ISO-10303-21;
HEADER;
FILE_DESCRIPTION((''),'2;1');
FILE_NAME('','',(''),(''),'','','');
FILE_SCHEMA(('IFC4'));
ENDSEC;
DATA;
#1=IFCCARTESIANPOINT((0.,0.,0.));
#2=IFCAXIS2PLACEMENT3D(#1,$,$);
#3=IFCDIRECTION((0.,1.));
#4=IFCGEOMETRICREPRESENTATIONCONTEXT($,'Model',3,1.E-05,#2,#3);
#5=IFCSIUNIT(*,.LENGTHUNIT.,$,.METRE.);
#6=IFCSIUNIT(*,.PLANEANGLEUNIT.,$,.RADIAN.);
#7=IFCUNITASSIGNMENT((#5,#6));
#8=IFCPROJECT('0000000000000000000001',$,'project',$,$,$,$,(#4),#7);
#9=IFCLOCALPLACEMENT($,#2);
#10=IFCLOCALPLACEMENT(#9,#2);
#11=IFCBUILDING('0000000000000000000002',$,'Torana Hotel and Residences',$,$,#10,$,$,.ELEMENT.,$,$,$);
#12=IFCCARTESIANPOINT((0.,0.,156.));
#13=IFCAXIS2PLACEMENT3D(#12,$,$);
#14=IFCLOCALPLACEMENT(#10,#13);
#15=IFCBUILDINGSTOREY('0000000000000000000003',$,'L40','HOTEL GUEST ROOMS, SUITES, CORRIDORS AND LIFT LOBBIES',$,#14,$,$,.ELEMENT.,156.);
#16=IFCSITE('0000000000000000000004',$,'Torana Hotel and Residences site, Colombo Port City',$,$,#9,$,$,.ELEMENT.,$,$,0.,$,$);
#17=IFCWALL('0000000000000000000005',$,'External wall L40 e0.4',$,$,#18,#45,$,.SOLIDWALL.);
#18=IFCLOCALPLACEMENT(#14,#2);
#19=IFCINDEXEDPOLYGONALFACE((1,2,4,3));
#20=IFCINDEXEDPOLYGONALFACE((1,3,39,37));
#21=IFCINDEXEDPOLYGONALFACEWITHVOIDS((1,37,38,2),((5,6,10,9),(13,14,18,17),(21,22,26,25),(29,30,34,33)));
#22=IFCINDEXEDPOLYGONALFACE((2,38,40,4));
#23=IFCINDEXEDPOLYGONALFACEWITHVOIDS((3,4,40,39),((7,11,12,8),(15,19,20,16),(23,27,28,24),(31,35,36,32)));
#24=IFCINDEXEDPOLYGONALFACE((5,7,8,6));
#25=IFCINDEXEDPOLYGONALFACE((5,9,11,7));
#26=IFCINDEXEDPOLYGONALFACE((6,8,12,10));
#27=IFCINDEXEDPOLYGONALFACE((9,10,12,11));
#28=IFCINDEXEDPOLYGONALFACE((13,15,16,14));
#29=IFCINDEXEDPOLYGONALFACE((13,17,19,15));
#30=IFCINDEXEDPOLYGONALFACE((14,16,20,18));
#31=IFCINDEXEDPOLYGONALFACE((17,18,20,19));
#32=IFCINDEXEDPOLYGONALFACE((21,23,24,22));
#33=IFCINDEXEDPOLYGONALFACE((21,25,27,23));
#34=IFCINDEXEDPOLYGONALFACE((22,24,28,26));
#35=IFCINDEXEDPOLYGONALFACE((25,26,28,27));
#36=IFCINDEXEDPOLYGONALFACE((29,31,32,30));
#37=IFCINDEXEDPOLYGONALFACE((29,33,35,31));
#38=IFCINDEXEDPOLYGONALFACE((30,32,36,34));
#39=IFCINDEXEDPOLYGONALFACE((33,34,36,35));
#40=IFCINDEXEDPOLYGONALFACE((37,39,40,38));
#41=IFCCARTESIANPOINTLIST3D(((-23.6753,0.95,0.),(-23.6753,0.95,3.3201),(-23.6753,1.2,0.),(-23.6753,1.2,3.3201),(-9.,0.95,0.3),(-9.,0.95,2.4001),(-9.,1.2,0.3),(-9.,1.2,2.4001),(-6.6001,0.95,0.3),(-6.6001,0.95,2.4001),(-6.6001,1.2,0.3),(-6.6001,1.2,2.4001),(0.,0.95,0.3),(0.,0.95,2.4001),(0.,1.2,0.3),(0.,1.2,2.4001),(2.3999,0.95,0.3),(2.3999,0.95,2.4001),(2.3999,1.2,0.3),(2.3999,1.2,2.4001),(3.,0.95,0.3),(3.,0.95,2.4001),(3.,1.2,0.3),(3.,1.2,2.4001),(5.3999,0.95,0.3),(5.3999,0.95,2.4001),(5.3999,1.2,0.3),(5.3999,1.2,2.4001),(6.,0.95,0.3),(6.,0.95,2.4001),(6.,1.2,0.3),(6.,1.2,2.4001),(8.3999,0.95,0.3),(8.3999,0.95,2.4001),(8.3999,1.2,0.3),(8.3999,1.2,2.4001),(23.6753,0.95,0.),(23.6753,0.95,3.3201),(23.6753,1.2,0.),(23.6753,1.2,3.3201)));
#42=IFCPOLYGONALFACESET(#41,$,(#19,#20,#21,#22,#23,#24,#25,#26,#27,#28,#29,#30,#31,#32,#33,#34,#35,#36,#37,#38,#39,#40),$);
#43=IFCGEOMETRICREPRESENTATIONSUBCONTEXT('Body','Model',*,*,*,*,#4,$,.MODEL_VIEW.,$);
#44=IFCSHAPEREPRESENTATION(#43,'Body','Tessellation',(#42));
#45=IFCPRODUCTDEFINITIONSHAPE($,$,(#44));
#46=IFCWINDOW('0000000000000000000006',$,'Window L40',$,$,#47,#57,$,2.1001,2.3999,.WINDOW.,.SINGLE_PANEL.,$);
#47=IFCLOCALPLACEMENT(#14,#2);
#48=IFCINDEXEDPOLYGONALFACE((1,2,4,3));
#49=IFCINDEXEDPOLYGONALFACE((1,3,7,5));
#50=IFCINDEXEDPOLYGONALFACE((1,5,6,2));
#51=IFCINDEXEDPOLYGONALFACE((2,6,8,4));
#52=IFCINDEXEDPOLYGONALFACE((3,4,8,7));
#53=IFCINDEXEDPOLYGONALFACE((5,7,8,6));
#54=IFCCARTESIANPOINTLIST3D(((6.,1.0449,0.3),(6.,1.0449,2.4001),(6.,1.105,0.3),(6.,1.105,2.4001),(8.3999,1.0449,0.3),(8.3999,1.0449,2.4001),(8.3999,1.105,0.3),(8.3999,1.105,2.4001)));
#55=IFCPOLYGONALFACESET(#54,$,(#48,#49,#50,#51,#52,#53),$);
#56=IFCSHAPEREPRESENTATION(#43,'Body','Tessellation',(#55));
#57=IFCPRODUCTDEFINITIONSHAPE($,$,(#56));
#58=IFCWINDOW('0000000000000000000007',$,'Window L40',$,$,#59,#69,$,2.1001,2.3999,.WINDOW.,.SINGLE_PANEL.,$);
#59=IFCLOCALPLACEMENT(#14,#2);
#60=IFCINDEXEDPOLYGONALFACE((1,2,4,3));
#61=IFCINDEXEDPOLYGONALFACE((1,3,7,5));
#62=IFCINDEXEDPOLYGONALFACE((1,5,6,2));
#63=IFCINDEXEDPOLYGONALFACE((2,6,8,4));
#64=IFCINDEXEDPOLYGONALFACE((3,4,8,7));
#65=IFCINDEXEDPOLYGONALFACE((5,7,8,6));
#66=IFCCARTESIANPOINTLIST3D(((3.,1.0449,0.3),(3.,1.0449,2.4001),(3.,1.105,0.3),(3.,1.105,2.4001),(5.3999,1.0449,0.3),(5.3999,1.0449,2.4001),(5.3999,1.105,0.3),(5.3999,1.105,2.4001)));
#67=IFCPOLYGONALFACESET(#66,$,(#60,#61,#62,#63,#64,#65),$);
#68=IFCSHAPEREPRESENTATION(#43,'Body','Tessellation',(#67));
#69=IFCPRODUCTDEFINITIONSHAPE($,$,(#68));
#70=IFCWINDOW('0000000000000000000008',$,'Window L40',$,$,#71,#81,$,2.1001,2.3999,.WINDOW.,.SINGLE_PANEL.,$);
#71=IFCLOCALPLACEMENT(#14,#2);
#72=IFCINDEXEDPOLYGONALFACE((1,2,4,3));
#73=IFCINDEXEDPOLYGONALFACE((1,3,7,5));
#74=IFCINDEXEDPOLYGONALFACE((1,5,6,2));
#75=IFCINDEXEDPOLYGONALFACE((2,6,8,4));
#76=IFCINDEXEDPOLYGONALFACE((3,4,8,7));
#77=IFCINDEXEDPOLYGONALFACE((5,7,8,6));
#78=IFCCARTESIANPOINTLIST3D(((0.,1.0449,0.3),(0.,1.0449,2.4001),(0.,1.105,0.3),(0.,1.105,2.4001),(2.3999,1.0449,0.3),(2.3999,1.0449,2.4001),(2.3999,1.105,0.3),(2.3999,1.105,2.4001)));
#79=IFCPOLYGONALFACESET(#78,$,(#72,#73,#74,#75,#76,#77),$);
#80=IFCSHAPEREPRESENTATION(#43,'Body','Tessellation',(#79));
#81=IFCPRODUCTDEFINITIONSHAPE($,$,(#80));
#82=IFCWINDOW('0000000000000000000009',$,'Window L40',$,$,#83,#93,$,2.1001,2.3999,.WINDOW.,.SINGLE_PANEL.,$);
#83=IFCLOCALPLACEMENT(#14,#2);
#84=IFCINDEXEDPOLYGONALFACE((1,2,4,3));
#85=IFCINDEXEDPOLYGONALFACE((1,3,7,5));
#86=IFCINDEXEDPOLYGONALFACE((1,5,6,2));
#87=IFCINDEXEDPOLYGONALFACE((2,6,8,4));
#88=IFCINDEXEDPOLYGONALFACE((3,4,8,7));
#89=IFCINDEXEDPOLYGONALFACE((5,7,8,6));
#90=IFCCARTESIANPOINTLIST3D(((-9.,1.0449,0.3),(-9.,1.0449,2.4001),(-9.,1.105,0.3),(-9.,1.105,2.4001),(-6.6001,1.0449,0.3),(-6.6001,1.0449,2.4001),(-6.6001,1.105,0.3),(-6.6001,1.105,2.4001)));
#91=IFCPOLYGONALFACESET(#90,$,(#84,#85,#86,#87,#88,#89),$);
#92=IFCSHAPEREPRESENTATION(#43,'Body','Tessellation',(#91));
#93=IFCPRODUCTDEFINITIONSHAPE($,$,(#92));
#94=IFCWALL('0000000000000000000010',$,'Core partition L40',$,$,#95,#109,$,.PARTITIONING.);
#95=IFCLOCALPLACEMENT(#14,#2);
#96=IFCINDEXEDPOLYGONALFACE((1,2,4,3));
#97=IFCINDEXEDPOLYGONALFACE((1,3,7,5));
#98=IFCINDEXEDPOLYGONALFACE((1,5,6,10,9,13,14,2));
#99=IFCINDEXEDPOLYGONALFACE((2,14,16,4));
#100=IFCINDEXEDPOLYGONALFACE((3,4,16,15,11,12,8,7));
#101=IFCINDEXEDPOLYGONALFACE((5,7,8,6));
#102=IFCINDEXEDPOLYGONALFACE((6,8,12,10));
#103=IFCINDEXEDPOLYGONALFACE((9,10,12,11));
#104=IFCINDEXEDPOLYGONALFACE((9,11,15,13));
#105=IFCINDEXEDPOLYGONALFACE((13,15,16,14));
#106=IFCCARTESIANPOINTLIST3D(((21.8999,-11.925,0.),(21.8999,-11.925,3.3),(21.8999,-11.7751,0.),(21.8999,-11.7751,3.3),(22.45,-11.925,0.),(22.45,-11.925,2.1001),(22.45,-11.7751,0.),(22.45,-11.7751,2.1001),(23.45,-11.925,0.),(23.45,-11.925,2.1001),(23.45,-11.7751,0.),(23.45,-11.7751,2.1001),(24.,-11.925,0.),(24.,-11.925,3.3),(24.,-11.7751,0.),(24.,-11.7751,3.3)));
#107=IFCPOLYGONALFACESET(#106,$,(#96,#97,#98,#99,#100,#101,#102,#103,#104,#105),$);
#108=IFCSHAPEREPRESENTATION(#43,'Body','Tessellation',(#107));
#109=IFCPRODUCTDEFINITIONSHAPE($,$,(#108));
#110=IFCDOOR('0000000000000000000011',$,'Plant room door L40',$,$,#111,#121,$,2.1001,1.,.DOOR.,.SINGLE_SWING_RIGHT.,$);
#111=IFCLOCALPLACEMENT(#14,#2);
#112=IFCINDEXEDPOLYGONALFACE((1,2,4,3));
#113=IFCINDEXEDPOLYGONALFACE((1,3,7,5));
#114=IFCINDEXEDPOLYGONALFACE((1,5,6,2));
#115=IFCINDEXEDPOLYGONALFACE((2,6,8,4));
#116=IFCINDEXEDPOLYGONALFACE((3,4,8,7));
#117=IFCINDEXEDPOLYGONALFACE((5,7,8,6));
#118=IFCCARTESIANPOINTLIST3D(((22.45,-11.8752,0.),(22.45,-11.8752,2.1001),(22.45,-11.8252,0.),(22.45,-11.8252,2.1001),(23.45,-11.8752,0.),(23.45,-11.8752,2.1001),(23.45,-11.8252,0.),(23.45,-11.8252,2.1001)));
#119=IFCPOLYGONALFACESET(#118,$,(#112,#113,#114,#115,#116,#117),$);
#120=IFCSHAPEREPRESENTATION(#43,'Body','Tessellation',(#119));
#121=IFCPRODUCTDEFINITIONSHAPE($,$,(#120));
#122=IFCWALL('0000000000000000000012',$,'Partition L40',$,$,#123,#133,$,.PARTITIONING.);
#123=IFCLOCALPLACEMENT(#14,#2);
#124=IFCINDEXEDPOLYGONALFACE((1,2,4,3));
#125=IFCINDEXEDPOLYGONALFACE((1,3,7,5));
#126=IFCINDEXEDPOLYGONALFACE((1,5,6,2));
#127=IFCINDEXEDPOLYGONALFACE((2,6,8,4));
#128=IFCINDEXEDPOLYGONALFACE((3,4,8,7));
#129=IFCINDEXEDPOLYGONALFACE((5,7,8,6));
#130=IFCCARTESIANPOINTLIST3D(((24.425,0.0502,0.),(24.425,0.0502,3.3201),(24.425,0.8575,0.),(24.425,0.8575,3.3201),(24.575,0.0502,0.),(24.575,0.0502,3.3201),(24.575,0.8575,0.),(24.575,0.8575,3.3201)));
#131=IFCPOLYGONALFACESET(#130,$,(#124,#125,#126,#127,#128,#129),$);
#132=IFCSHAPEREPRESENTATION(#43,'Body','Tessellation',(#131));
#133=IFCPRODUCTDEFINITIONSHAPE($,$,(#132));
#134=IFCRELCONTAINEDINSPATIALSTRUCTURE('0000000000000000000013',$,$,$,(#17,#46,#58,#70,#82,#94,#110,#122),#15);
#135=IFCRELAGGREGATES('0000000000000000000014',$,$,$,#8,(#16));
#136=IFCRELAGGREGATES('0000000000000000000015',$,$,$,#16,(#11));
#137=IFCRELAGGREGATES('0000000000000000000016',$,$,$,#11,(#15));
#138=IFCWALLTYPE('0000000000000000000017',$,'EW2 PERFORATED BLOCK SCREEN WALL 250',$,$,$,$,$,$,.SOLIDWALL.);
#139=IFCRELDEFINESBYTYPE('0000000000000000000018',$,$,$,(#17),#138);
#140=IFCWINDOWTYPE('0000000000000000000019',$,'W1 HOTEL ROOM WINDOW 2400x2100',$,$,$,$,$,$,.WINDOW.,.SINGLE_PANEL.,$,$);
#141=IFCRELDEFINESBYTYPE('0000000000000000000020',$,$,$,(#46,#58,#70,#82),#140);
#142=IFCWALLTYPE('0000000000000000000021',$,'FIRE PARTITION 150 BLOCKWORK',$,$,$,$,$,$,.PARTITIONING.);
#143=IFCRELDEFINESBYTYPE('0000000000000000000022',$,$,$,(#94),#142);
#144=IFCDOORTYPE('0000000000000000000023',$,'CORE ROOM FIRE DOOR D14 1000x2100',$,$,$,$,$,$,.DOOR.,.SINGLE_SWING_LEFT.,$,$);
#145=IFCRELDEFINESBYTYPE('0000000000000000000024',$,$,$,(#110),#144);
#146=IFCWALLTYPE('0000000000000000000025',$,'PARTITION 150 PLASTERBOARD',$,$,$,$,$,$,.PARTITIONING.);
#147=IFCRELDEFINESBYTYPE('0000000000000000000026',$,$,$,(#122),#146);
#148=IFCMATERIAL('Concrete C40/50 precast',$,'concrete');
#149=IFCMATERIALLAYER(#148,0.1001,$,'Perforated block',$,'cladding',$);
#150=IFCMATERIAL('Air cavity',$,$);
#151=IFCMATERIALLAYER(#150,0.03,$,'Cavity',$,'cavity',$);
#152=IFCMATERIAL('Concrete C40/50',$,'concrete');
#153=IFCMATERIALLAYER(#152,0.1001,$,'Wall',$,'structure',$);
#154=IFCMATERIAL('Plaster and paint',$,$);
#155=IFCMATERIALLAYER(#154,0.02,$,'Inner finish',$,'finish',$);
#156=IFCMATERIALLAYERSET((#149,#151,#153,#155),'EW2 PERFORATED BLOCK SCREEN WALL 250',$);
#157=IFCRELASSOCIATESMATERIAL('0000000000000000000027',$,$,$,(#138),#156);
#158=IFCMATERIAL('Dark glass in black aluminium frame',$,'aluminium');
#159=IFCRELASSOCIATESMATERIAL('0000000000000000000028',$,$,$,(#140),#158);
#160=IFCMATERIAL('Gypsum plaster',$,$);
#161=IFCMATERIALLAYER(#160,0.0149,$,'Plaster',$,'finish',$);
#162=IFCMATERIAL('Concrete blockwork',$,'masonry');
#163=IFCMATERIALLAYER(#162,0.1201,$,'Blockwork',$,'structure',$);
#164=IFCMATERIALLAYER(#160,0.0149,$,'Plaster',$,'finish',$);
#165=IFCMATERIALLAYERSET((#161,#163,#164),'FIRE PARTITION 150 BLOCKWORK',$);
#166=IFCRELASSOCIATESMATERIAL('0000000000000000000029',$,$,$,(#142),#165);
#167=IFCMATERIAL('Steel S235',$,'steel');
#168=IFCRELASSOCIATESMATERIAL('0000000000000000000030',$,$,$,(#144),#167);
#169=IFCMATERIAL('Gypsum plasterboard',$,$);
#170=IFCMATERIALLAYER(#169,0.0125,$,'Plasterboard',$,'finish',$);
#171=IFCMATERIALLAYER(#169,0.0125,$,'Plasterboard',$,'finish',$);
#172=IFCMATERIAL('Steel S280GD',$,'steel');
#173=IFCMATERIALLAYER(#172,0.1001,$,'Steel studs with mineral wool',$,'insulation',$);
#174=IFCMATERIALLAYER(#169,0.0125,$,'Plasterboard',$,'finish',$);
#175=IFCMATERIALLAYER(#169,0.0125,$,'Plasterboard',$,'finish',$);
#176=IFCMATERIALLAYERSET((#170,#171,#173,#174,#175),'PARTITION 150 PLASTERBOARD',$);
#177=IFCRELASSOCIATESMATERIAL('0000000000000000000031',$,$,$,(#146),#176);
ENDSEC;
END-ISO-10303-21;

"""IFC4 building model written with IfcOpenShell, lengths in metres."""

from ifc_helpers import new_model, si_unit, direction, frame, frame_2d, origin, place, context, subcontext, project, spatial, rectangle, extrude, material, layer, layer_set, type_object, element, fill, save


model = new_model("IFC4")

# Units and contexts
model_context = context("Model", 3, precision=1e-05, world=origin(), true_north=direction((0.0, 1.0)))
body_context = subcontext(model_context, "Body", "Model", "MODEL_VIEW")
ifc_project = project(units=[si_unit("LENGTHUNIT", "METRE"), si_unit("PLANEANGLEUNIT", "RADIAN")], contexts=[model_context])

# Site, building, storey
site_placement = place(None, origin())
site = spatial("IfcSite", under=ifc_project, at=site_placement, Name="Torana Hotel and Residences site, Colombo Port City", CompositionType="ELEMENT", RefElevation=0.0)
building_placement = place(site_placement, origin())
building = spatial("IfcBuilding", under=site, at=building_placement, Name="Torana Hotel and Residences", CompositionType="ELEMENT")
storey_placement = place(building_placement, frame((0.0, 0.0, 156.0)))
storey = spatial("IfcBuildingStorey", under=building, at=storey_placement, Name="L40", Description="HOTEL GUEST ROOMS, SUITES, CORRIDORS AND LIFT LOBBIES", CompositionType="ELEMENT", Elevation=156.0)

# Shared definitions
ifc_material_1 = material(Name="Steel S280GD", Category="steel")

# Wall, openings, windows
ifc_material_2 = material(Name="Concrete C40/50 precast", Category="concrete")
ifc_layer_1 = layer(ifc_material_2, 0.1001, Name="Perforated block", Category="cladding")
ifc_material_3 = material(Name="Air cavity")
ifc_layer_2 = layer(ifc_material_3, 0.03, Name="Cavity", Category="cavity")
ifc_material_4 = material(Name="Concrete C40/50", Category="concrete")
ifc_layer_3 = layer(ifc_material_4, 0.1001, Name="Wall", Category="structure")
ifc_material_5 = material(Name="Plaster and paint")
ifc_layer_4 = layer(ifc_material_5, 0.02, Name="Inner finish", Category="finish")
ifc_layer_set_1 = layer_set([ifc_layer_1, ifc_layer_2, ifc_layer_3, ifc_layer_4], Name="EW2 PERFORATED BLOCK SCREEN WALL 250")
wall_type_1 = type_object("IfcWallType", Name="EW2 PERFORATED BLOCK SCREEN WALL 250", PredefinedType="SOLIDWALL", material=ifc_layer_set_1)
wall_1_placement = place(storey_placement, frame((23.6753, 1.075, 0.0), z_axis=(0.0, 0.0, 1.0), x_axis=(-1.0, 0.0, 0.0)))
wall_1 = element("IfcWall", 1, at=wall_1_placement, inside=storey, type_object=wall_type_1, Name="External wall L40 e0.4", PredefinedType="SOLIDWALL", context=body_context, shape_type="SweptSolid", body=[
    extrude(rectangle(XDim=47.3506, YDim=0.25, at=frame_2d((23.6753, 0.0))), origin(), (0.0, 0.0, 1.0), 3.3201),
])
opening_1_placement = place(wall_1_placement, frame((15.2754, 0.0, 0.3)))
opening_1 = element("IfcOpeningElement", 2, at=opening_1_placement, cuts=wall_1, PredefinedType="OPENING", context=body_context, shape_type="SweptSolid", body=[
    extrude(rectangle(XDim=2.3999, YDim=2.1001, at=frame_2d((1.2, 1.05))), frame((0.0, 0.135, 0.0), z_axis=(0.0, -1.0, 0.0), x_axis=(1.0, 0.0, 0.0)), (0.0, 0.0, 1.0), 0.27),
])
opening_2_placement = place(wall_1_placement, frame((18.2754, 0.0, 0.3)))
opening_2 = element("IfcOpeningElement", 3, at=opening_2_placement, cuts=wall_1, PredefinedType="OPENING", context=body_context, shape_type="SweptSolid", body=[
    extrude(rectangle(XDim=2.3999, YDim=2.1001, at=frame_2d((1.2, 1.05))), frame((0.0, 0.135, 0.0), z_axis=(0.0, -1.0, 0.0), x_axis=(1.0, 0.0, 0.0)), (0.0, 0.0, 1.0), 0.27),
])
opening_3_placement = place(wall_1_placement, frame((21.2754, 0.0, 0.3)))
opening_3 = element("IfcOpeningElement", 4, at=opening_3_placement, cuts=wall_1, PredefinedType="OPENING", context=body_context, shape_type="SweptSolid", body=[
    extrude(rectangle(XDim=2.3999, YDim=2.1001, at=frame_2d((1.2, 1.05))), frame((0.0, 0.135, 0.0), z_axis=(0.0, -1.0, 0.0), x_axis=(1.0, 0.0, 0.0)), (0.0, 0.0, 1.0), 0.27),
])
opening_4_placement = place(wall_1_placement, frame((30.2754, 0.0, 0.3)))
opening_4 = element("IfcOpeningElement", 5, at=opening_4_placement, cuts=wall_1, PredefinedType="OPENING", context=body_context, shape_type="SweptSolid", body=[
    extrude(rectangle(XDim=2.3999, YDim=2.1001, at=frame_2d((1.2, 1.05))), frame((0.0, 0.135, 0.0), z_axis=(0.0, -1.0, 0.0), x_axis=(1.0, 0.0, 0.0)), (0.0, 0.0, 1.0), 0.27),
])
ifc_material_6 = material(Name="Dark glass in black aluminium frame", Category="aluminium")
window_type = type_object("IfcWindowType", Name="W1 HOTEL ROOM WINDOW 2400x2100", PartitioningType="SINGLE_PANEL", PredefinedType="WINDOW", material=ifc_material_6)
window_1_placement = place(opening_1_placement, origin())
window_1 = element("IfcWindow", 6, at=window_1_placement, inside=storey, type_object=window_type, Name="Window L40", OverallHeight=2.1001, OverallWidth=2.3999, PartitioningType="SINGLE_PANEL", PredefinedType="WINDOW", context=body_context, shape_type="SweptSolid", body=[
    extrude(rectangle(XDim=2.3999, YDim=2.1001, at=frame_2d((1.2, 1.05))), frame((0.0, 0.03, 0.0), z_axis=(0.0, -1.0, 0.0), x_axis=(1.0, 0.0, 0.0)), (0.0, 0.0, 1.0), 0.0601),
])
fill(opening_1, window_1)
window_2_placement = place(opening_2_placement, origin())
window_2 = element("IfcWindow", 7, at=window_2_placement, inside=storey, type_object=window_type, Name="Window L40", OverallHeight=2.1001, OverallWidth=2.3999, PartitioningType="SINGLE_PANEL", PredefinedType="WINDOW", context=body_context, shape_type="SweptSolid", body=[
    extrude(rectangle(XDim=2.3999, YDim=2.1001, at=frame_2d((1.2, 1.05))), frame((0.0, 0.03, 0.0), z_axis=(0.0, -1.0, 0.0), x_axis=(1.0, 0.0, 0.0)), (0.0, 0.0, 1.0), 0.0601),
])
fill(opening_2, window_2)
window_3_placement = place(opening_3_placement, origin())
window_3 = element("IfcWindow", 8, at=window_3_placement, inside=storey, type_object=window_type, Name="Window L40", OverallHeight=2.1001, OverallWidth=2.3999, PartitioningType="SINGLE_PANEL", PredefinedType="WINDOW", context=body_context, shape_type="SweptSolid", body=[
    extrude(rectangle(XDim=2.3999, YDim=2.1001, at=frame_2d((1.2, 1.05))), frame((0.0, 0.03, 0.0), z_axis=(0.0, -1.0, 0.0), x_axis=(1.0, 0.0, 0.0)), (0.0, 0.0, 1.0), 0.0601),
])
fill(opening_3, window_3)
window_4_placement = place(opening_4_placement, origin())
window_4 = element("IfcWindow", 9, at=window_4_placement, inside=storey, type_object=window_type, Name="Window L40", OverallHeight=2.1001, OverallWidth=2.3999, PartitioningType="SINGLE_PANEL", PredefinedType="WINDOW", context=body_context, shape_type="SweptSolid", body=[
    extrude(rectangle(XDim=2.3999, YDim=2.1001, at=frame_2d((1.2, 1.05))), frame((0.0, 0.03, 0.0), z_axis=(0.0, -1.0, 0.0), x_axis=(1.0, 0.0, 0.0)), (0.0, 0.0, 1.0), 0.0601),
])
fill(opening_4, window_4)

# Wall, opening, door
ifc_material_7 = material(Name="Gypsum plaster")
ifc_layer_5 = layer(ifc_material_7, 0.0149, Name="Plaster", Category="finish")
ifc_material_8 = material(Name="Concrete blockwork", Category="masonry")
ifc_layer_6 = layer(ifc_material_8, 0.1201, Name="Blockwork", Category="structure")
ifc_layer_7 = layer(ifc_material_7, 0.0149, Name="Plaster", Category="finish")
ifc_layer_set_2 = layer_set([ifc_layer_5, ifc_layer_6, ifc_layer_7], Name="FIRE PARTITION 150 BLOCKWORK")
wall_type_2 = type_object("IfcWallType", Name="FIRE PARTITION 150 BLOCKWORK", PredefinedType="PARTITIONING", material=ifc_layer_set_2)
wall_2_placement = place(storey_placement, frame((21.8999, -11.8501, 0.0), z_axis=(0.0, 0.0, 1.0), x_axis=(1.0, 0.0, 0.0)))
wall_2 = element("IfcWall", 10, at=wall_2_placement, inside=storey, type_object=wall_type_2, Name="Core partition L40", PredefinedType="PARTITIONING", context=body_context, shape_type="SweptSolid", body=[
    extrude(rectangle(XDim=2.1001, YDim=0.1499, at=frame_2d((1.05, 0.0))), origin(), (0.0, 0.0, 1.0), 3.3),
])
opening_5_placement = place(wall_2_placement, frame((0.55, 0.0, 0.0)))
opening_5 = element("IfcOpeningElement", 11, at=opening_5_placement, cuts=wall_2, PredefinedType="OPENING", context=body_context, shape_type="SweptSolid", body=[
    extrude(rectangle(XDim=1.0, YDim=2.1001, at=frame_2d((0.5, 1.05))), frame((0.0, 0.085, 0.0), z_axis=(0.0, -1.0, 0.0), x_axis=(1.0, 0.0, 0.0)), (0.0, 0.0, 1.0), 0.1699),
])
ifc_material_9 = material(Name="Steel S235", Category="steel")
door_type_1 = type_object("IfcDoorType", Name="CORE ROOM FIRE DOOR D14 1000x2100", OperationType="SINGLE_SWING_LEFT", PredefinedType="DOOR", material=ifc_material_9)
door_1_placement = place(opening_5_placement, origin())
door_1 = element("IfcDoor", 12, at=door_1_placement, inside=storey, type_object=door_type_1, Name="Plant room door L40", OperationType="SINGLE_SWING_RIGHT", OverallHeight=2.1001, OverallWidth=1.0, PredefinedType="DOOR", context=body_context, shape_type="SweptSolid", body=[
    extrude(rectangle(XDim=1.0, YDim=2.1001, at=frame_2d((0.5, 1.05))), frame((0.0, 0.0249, 0.0), z_axis=(0.0, -1.0, 0.0), x_axis=(1.0, 0.0, 0.0)), (0.0, 0.0, 1.0), 0.05),
])
fill(opening_5, door_1)

# Wall
ifc_material_10 = material(Name="Gypsum plasterboard")
ifc_layer_8 = layer(ifc_material_10, 0.0125, Name="Plasterboard", Category="finish")
ifc_layer_9 = layer(ifc_material_10, 0.0125, Name="Plasterboard", Category="finish")
ifc_layer_10 = layer(ifc_material_1, 0.1001, Name="Steel studs with mineral wool", Category="insulation")
ifc_layer_11 = layer(ifc_material_10, 0.0125, Name="Plasterboard", Category="finish")
ifc_layer_12 = layer(ifc_material_10, 0.0125, Name="Plasterboard", Category="finish")
ifc_layer_set_3 = layer_set([ifc_layer_8, ifc_layer_9, ifc_layer_10, ifc_layer_11, ifc_layer_12], Name="PARTITION 150 PLASTERBOARD")
wall_type_3 = type_object("IfcWallType", Name="PARTITION 150 PLASTERBOARD", PredefinedType="PARTITIONING", material=ifc_layer_set_3)
wall_3_placement = place(storey_placement, frame((24.5, 0.05, 0.0), z_axis=(0.0, 0.0, 1.0), x_axis=(0.0, 1.0, 0.0)))
element("IfcWall", 13, at=wall_3_placement, inside=storey, type_object=wall_type_3, Name="Partition L40", PredefinedType="PARTITIONING", context=body_context, shape_type="SweptSolid", body=[
    extrude(rectangle(XDim=0.8074, YDim=0.1499, at=frame_2d((0.4038, 0.0))), origin(), (0.0, 0.0, 1.0), 3.3201),
])

save(model, "model.ifc")
